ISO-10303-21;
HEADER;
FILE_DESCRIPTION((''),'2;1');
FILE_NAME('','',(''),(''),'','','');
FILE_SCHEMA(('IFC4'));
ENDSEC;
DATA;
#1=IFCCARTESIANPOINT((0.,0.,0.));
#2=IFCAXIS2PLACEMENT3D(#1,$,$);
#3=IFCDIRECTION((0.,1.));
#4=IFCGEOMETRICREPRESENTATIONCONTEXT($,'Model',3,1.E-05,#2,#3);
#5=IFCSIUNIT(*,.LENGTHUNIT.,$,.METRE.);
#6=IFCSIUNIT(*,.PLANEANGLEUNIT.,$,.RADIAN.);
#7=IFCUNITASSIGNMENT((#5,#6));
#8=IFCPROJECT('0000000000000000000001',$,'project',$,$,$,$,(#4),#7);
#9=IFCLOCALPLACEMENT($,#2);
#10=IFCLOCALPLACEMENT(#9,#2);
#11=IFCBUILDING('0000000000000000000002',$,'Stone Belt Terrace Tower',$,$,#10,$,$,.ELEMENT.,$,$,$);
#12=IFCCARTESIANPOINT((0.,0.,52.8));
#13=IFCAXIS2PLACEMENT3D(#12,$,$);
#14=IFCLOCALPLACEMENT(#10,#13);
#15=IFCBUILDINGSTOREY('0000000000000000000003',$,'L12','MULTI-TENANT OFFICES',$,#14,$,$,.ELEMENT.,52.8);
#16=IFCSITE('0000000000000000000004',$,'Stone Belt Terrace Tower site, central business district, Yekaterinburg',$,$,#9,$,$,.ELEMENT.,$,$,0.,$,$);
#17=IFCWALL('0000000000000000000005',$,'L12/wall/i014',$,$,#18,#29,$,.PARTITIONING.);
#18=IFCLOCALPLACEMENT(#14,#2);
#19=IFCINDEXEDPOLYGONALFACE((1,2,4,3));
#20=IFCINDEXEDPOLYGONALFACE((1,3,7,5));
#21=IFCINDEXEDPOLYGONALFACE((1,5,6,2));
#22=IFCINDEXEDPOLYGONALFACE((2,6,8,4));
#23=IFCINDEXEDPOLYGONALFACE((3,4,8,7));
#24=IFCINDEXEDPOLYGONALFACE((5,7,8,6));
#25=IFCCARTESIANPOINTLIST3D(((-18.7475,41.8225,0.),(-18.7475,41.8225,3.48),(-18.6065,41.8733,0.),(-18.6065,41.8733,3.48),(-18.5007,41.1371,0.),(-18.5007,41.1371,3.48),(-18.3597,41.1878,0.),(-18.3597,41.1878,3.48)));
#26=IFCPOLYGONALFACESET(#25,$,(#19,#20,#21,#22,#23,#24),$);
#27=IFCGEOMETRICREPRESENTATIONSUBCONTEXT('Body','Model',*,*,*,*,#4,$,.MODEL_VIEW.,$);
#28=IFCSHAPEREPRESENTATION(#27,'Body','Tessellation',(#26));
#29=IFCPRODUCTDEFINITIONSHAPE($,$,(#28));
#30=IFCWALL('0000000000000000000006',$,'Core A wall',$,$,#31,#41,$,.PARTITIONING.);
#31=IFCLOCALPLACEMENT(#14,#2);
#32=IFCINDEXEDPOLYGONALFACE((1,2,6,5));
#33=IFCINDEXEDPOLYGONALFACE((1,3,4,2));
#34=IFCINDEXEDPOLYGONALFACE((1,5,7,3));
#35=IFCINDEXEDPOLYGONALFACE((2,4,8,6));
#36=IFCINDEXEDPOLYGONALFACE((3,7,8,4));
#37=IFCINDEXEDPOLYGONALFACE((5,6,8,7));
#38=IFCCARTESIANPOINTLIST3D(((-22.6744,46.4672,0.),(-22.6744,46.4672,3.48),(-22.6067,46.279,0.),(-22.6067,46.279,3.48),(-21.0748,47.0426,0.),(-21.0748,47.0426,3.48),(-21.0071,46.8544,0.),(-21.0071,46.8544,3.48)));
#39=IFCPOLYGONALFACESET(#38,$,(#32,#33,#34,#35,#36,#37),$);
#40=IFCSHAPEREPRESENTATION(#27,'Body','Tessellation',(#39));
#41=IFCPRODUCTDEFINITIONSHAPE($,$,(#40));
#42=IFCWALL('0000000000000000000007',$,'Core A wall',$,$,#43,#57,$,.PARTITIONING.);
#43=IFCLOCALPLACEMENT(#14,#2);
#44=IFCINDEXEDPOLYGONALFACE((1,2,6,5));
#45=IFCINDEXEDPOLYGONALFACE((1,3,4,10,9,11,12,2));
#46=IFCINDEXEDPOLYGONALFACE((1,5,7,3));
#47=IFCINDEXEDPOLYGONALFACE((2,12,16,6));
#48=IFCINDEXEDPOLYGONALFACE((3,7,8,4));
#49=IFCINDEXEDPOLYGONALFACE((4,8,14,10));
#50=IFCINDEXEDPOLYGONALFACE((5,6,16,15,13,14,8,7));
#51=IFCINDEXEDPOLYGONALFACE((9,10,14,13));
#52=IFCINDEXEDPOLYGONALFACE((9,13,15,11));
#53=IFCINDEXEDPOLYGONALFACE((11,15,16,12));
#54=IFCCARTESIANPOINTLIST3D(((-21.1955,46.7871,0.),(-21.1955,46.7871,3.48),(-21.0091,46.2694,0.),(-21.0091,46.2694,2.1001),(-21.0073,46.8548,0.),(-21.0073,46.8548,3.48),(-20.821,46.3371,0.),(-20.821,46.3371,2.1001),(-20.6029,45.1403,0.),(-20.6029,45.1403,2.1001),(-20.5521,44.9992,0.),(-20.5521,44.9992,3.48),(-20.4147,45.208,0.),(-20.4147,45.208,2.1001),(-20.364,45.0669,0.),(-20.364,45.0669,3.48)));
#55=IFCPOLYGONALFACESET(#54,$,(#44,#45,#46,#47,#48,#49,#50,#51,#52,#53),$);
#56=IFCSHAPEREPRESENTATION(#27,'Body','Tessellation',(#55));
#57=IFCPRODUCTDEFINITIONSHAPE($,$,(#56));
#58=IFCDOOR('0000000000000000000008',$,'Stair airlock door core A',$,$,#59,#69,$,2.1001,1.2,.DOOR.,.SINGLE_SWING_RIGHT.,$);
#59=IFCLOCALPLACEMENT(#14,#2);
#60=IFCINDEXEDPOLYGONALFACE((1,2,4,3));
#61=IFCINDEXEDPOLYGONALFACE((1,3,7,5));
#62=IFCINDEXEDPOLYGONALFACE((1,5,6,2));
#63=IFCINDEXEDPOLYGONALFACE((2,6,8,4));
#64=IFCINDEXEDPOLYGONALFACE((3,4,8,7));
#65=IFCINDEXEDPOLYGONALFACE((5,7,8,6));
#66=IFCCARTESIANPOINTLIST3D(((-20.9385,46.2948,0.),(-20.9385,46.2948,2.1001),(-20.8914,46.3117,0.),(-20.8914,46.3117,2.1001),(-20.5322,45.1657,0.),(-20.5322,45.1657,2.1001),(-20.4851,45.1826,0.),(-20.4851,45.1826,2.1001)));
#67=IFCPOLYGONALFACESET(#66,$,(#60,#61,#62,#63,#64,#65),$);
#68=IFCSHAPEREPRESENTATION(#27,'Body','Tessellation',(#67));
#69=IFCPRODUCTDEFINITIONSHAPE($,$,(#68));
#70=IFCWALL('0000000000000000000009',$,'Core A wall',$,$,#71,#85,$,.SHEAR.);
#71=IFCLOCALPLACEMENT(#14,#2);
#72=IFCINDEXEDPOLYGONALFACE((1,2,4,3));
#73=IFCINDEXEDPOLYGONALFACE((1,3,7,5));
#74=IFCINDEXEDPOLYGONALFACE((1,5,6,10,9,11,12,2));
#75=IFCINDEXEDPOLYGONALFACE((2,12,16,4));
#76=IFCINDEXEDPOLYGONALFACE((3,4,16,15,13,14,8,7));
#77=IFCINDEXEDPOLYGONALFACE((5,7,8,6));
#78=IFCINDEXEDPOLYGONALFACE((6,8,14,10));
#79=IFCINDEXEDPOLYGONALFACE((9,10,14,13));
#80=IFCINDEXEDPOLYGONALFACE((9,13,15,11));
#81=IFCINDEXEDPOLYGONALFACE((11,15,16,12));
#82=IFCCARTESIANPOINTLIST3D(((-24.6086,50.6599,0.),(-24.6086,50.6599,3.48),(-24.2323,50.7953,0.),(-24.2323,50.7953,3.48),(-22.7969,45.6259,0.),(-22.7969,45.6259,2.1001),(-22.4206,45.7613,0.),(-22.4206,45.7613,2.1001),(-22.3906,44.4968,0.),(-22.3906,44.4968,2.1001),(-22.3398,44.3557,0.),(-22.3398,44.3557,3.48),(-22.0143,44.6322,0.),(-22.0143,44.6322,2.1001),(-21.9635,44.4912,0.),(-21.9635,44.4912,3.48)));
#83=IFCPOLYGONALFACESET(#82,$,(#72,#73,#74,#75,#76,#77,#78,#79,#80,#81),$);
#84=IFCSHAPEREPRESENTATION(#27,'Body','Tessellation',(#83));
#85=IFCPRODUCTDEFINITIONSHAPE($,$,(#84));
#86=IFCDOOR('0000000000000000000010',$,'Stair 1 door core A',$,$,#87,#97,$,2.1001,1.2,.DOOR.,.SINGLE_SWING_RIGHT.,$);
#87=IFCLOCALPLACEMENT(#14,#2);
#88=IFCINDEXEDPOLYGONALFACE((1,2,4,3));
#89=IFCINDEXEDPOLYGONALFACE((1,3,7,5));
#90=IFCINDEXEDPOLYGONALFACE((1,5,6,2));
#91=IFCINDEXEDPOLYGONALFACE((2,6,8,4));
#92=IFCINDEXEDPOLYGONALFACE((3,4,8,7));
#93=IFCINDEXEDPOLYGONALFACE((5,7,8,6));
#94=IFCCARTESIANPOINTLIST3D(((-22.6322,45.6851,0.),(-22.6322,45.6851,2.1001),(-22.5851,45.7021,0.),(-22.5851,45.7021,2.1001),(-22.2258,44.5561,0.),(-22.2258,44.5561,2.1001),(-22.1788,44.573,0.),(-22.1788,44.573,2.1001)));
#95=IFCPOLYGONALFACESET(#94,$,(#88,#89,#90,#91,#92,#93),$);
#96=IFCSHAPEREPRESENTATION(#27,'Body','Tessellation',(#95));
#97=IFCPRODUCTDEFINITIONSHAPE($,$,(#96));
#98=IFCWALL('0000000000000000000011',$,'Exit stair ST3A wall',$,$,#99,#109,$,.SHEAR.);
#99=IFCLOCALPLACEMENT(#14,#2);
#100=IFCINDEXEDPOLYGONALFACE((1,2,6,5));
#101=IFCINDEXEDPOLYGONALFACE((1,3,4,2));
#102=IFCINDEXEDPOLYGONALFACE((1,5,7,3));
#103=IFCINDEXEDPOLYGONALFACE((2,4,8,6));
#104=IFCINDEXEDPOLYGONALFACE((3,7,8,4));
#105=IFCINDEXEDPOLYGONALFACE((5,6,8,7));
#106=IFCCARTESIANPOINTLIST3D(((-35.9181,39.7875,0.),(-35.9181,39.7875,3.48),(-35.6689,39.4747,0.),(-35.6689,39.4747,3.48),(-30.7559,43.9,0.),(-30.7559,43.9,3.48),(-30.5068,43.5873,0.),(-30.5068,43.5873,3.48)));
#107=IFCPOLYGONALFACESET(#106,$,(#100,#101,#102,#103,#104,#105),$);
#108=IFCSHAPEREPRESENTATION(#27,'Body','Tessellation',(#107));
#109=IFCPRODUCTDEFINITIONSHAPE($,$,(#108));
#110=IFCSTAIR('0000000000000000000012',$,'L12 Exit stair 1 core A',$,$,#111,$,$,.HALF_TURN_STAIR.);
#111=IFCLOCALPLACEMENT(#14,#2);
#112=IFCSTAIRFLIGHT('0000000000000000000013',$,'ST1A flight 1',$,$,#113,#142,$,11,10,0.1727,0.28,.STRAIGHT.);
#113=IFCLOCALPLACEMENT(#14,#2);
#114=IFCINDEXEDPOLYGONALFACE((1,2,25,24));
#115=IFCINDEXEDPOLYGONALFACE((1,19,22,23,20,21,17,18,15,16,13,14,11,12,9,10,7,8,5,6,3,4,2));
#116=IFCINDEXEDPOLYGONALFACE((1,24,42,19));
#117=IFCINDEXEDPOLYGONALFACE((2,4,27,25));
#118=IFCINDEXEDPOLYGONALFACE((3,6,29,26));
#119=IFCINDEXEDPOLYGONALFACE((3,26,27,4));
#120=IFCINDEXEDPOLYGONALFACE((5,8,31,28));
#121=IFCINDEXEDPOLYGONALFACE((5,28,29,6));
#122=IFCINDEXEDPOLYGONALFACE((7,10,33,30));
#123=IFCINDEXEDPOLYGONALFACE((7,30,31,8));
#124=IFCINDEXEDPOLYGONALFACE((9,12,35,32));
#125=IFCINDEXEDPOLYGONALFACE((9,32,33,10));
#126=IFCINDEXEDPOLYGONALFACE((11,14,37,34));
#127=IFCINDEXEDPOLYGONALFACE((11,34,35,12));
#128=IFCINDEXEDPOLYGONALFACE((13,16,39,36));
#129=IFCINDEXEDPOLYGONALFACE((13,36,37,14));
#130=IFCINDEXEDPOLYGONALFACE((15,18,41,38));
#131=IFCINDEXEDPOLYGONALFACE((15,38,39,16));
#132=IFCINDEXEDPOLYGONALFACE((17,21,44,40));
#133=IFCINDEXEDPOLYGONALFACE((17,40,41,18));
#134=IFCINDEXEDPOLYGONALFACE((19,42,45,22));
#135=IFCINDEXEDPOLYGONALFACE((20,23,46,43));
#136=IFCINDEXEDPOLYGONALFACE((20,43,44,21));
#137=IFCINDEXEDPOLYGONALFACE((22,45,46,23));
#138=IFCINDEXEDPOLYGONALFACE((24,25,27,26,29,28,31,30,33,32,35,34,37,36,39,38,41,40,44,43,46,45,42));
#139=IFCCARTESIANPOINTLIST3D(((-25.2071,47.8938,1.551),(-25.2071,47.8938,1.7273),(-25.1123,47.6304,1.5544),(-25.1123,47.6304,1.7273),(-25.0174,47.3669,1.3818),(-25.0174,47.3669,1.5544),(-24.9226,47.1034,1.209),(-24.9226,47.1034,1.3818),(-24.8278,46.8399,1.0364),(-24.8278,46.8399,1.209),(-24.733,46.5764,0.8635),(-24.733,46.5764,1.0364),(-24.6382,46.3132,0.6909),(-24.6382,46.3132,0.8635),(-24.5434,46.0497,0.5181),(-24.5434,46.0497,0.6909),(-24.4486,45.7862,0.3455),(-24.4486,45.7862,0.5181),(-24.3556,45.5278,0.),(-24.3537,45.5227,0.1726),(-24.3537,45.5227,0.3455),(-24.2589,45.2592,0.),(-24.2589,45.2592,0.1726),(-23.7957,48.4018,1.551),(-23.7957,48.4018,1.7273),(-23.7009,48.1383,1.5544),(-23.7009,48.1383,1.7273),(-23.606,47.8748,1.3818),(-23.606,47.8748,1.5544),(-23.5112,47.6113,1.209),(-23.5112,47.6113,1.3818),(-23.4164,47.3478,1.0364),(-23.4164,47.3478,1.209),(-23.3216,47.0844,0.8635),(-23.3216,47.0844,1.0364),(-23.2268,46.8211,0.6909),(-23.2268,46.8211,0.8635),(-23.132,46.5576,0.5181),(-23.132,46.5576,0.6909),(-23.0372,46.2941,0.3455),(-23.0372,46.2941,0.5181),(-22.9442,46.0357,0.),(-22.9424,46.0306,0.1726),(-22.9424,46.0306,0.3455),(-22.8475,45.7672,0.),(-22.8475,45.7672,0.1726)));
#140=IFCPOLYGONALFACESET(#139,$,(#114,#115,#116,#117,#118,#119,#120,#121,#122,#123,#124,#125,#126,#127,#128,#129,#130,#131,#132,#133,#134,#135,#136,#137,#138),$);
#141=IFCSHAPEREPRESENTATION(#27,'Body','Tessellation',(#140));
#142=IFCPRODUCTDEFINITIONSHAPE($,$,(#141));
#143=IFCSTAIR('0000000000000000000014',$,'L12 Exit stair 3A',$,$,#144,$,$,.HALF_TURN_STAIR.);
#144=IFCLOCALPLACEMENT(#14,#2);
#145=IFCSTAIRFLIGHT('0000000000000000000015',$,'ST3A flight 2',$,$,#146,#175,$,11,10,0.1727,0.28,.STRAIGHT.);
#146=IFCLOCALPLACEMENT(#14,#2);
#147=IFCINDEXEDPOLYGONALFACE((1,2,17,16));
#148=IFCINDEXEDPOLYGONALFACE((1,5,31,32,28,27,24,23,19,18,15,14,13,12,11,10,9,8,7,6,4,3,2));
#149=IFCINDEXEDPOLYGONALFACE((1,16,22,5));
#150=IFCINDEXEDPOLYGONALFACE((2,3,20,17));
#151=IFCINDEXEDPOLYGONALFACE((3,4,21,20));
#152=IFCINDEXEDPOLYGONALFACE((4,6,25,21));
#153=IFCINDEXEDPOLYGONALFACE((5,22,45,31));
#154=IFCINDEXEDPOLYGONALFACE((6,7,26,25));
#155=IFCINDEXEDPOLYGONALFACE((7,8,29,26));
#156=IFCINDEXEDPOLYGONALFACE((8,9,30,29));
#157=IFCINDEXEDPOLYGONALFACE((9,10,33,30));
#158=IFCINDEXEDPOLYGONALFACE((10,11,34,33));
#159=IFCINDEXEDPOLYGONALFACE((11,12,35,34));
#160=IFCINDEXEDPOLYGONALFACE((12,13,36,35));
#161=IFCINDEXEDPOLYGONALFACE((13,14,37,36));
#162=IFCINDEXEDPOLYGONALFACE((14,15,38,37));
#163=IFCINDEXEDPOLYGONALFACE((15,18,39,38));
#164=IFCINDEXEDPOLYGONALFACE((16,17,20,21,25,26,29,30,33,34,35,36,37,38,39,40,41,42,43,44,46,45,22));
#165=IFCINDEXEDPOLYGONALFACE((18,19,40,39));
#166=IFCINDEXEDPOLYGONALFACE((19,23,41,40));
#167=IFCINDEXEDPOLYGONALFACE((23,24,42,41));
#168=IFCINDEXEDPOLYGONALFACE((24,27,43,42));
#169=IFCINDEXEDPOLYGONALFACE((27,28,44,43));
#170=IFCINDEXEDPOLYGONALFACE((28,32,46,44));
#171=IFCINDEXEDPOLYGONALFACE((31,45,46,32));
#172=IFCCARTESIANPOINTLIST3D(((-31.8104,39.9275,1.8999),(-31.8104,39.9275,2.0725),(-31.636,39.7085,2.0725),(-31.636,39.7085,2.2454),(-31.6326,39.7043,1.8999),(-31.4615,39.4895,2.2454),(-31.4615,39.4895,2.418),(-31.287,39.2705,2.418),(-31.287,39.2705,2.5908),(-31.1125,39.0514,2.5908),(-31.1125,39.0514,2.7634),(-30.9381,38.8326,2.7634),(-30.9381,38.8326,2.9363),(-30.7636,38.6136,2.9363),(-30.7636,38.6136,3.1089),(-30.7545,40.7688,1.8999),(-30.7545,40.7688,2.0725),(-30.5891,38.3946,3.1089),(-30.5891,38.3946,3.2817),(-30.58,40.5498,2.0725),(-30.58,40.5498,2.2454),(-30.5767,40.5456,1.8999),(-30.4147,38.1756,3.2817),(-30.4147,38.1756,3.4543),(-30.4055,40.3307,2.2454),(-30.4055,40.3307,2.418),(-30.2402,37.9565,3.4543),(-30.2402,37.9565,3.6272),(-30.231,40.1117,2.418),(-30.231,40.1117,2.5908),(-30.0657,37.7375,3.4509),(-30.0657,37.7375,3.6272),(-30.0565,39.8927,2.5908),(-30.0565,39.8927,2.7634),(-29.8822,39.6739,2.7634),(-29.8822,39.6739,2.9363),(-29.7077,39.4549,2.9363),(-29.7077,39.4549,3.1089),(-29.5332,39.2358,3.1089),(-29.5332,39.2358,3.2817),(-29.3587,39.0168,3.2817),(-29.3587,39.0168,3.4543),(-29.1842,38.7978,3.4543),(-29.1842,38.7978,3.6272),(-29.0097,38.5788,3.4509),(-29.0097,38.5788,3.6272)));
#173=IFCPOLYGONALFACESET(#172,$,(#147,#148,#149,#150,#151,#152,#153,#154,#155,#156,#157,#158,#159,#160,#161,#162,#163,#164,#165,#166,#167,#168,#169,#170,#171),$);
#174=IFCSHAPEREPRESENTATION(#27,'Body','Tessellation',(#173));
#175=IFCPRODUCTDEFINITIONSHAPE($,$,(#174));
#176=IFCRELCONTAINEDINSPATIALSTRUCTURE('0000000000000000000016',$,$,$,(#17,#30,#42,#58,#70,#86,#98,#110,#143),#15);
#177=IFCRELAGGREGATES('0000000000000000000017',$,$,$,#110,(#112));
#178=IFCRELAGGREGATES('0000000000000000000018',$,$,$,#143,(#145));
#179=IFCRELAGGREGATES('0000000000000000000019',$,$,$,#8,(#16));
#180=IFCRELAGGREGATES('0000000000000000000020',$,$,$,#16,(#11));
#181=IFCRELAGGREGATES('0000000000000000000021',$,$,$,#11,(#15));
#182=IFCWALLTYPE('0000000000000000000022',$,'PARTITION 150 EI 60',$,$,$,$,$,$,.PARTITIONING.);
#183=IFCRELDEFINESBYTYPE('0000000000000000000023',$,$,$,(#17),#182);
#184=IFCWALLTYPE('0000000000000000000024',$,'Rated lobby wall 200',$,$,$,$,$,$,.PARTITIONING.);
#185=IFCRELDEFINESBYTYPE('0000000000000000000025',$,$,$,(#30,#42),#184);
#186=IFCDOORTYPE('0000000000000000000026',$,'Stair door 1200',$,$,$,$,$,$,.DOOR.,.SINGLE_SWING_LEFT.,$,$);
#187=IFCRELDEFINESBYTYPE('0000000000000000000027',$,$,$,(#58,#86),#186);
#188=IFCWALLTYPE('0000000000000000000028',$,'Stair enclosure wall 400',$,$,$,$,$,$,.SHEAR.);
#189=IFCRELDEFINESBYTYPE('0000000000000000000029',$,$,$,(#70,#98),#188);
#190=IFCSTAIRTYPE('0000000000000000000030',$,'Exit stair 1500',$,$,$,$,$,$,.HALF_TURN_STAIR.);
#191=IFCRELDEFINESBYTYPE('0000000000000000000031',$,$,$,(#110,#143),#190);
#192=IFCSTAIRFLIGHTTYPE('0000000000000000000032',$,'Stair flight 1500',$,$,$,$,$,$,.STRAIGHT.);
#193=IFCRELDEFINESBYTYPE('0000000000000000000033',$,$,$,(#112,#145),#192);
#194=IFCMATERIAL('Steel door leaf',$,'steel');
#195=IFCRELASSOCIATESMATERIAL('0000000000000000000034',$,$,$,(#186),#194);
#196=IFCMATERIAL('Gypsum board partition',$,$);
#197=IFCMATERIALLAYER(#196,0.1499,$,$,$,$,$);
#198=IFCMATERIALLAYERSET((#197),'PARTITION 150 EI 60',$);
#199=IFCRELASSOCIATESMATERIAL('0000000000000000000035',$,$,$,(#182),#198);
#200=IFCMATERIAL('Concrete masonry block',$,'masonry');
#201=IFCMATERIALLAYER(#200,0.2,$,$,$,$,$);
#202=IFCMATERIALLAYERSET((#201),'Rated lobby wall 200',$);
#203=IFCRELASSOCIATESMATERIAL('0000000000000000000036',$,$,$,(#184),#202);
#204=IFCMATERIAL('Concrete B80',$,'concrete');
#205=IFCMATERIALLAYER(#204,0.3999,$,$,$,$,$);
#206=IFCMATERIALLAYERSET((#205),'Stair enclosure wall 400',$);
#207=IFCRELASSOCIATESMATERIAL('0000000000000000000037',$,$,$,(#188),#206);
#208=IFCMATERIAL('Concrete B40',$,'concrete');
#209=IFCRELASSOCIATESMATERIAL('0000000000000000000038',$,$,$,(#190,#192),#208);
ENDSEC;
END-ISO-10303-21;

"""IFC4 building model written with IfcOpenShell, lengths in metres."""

from ifc_helpers import new_model, si_unit, direction, frame, frame_2d, origin, place, context, subcontext, project, spatial, polyline, rectangle, outline, extrude, material, layer, layer_set, type_object, element, fill, aggregate, save


model = new_model("IFC4")

# Units and contexts
model_context = context("Model", 3, precision=1e-05, world=origin(), true_north=direction((0.0, 1.0)))
body_context = subcontext(model_context, "Body", "Model", "MODEL_VIEW")
ifc_project = project(units=[si_unit("LENGTHUNIT", "METRE"), si_unit("PLANEANGLEUNIT", "RADIAN")], contexts=[model_context])

# Site, building, storey
site_placement = place(None, origin())
site = spatial("IfcSite", under=ifc_project, at=site_placement, Name="Stone Belt Terrace Tower site, central business district, Yekaterinburg", CompositionType="ELEMENT", RefElevation=0.0)
building_placement = place(site_placement, origin())
building = spatial("IfcBuilding", under=site, at=building_placement, Name="Stone Belt Terrace Tower", CompositionType="ELEMENT")
storey_placement = place(building_placement, frame((0.0, 0.0, 52.8)))
storey = spatial("IfcBuildingStorey", under=building, at=storey_placement, Name="L12", Description="MULTI-TENANT OFFICES", CompositionType="ELEMENT", Elevation=52.8)

# Shared definitions
ifc_material_1 = material(Name="Concrete B80", Category="concrete")

# Shared definitions
ifc_material_2 = material(Name="Steel door leaf", Category="steel")
door_type_1 = type_object("IfcDoorType", Name="Stair door 1200", OperationType="SINGLE_SWING_LEFT", PredefinedType="DOOR", material=ifc_material_2)

# Shared definitions
ifc_material_3 = material(Name="Gypsum board partition")
ifc_layer_1 = layer(ifc_material_3, 0.1499)
ifc_layer_set_1 = layer_set([ifc_layer_1], Name="PARTITION 150 EI 60")
wall_type_1 = type_object("IfcWallType", Name="PARTITION 150 EI 60", PredefinedType="PARTITIONING", material=ifc_layer_set_1)

# Walls
wall_1_placement = place(storey_placement, frame((-18.677, 41.8479, 0.0), z_axis=(0.0, 0.0, 1.0), x_axis=(0.338755, -0.940875, 0.0)))
element("IfcWall", 1, at=wall_1_placement, inside=storey, type_object=wall_type_1, Name="L12/wall/i014", PredefinedType="PARTITIONING", context=body_context, shape_type="SweptSolid", body=[
    extrude(rectangle(XDim=0.7285, YDim=0.1499, at=frame_2d((0.3643, 0.0))), origin(), (0.0, 0.0, 1.0), 3.48),
])
ifc_material_4 = material(Name="Concrete masonry block", Category="masonry")
ifc_layer_2 = layer(ifc_material_4, 0.2)
ifc_layer_set_2 = layer_set([ifc_layer_2], Name="Rated lobby wall 200")
wall_type_2 = type_object("IfcWallType", Name="Rated lobby wall 200", PredefinedType="PARTITIONING", material=ifc_layer_set_2)
wall_2_placement = place(storey_placement, frame((-22.6406, 46.373, 0.0), z_axis=(0.0, 0.0, 1.0), x_axis=(0.940966, 0.338501, 0.0)))
element("IfcWall", 2, at=wall_2_placement, inside=storey, type_object=wall_type_2, Name="Core A wall", PredefinedType="PARTITIONING", context=body_context, shape_type="SweptSolid", body=[
    extrude(rectangle(XDim=1.7, YDim=0.2, at=frame_2d((0.8501, 0.0))), origin(), (0.0, 0.0, 1.0), 3.48),
])

# Walls, openings, doors
wall_3_placement = place(storey_placement, frame((-20.458, 45.033, 0.0), z_axis=(0.0, 0.0, 1.0), x_axis=(-0.338574, 0.94094, 0.0)))
wall_3 = element("IfcWall", 3, at=wall_3_placement, inside=storey, type_object=wall_type_2, Name="Core A wall", PredefinedType="PARTITIONING", context=body_context, shape_type="SweptSolid", body=[
    extrude(rectangle(XDim=1.9001, YDim=0.2, at=frame_2d((0.9502, 0.0))), origin(), (0.0, 0.0, 1.0), 3.48),
])
opening_1_placement = place(wall_3_placement, frame((0.1499, 0.0, 0.0)))
opening_1 = element("IfcOpeningElement", 4, at=opening_1_placement, cuts=wall_3, PredefinedType="OPENING", context=body_context, shape_type="SweptSolid", body=[
    extrude(rectangle(XDim=1.2, YDim=2.1001, at=frame_2d((0.6001, 1.05))), frame((0.0, 0.1099, 0.0), z_axis=(0.0, -1.0, 0.0), x_axis=(1.0, 0.0, 0.0)), (0.0, 0.0, 1.0), 0.22),
])
door_1_placement = place(opening_1_placement, origin())
door_1 = element("IfcDoor", 5, at=door_1_placement, inside=storey, type_object=door_type_1, Name="Stair airlock door core A", OperationType="SINGLE_SWING_RIGHT", OverallHeight=2.1001, OverallWidth=1.2, PredefinedType="DOOR", context=body_context, shape_type="SweptSolid", body=[
    extrude(rectangle(XDim=1.2, YDim=2.1001, at=frame_2d((0.6001, 1.05))), frame((0.0, 0.0249, 0.0), z_axis=(0.0, -1.0, 0.0), x_axis=(1.0, 0.0, 0.0)), (0.0, 0.0, 1.0), 0.05),
])
fill(opening_1, door_1)
ifc_layer_3 = layer(ifc_material_1, 0.3999)
ifc_layer_set_3 = layer_set([ifc_layer_3], Name="Stair enclosure wall 400")
wall_type_3 = type_object("IfcWallType", Name="Stair enclosure wall 400", PredefinedType="SHEAR", material=ifc_layer_set_3)
wall_4_placement = place(storey_placement, frame((-22.1516, 44.4233, 0.0), z_axis=(0.0, 0.0, 1.0), x_axis=(-0.338625, 0.940921, 0.0)))
wall_4 = element("IfcWall", 6, at=wall_4_placement, inside=storey, type_object=wall_type_3, Name="Core A wall", PredefinedType="SHEAR", context=body_context, shape_type="SweptSolid", body=[
    extrude(rectangle(XDim=6.7, YDim=0.3999, at=frame_2d((3.3501, 0.0))), origin(), (0.0, 0.0, 1.0), 3.48),
])
opening_2_placement = place(wall_4_placement, frame((0.1499, 0.0, 0.0)))
opening_2 = element("IfcOpeningElement", 7, at=opening_2_placement, cuts=wall_4, PredefinedType="OPENING", context=body_context, shape_type="SweptSolid", body=[
    extrude(rectangle(XDim=1.2, YDim=2.1001, at=frame_2d((0.6001, 1.05))), frame((0.0, 0.21, 0.0), z_axis=(0.0, -1.0, 0.0), x_axis=(1.0, 0.0, 0.0)), (0.0, 0.0, 1.0), 0.4199),
])
door_2_placement = place(opening_2_placement, origin())
door_2 = element("IfcDoor", 8, at=door_2_placement, inside=storey, type_object=door_type_1, Name="Stair 1 door core A", OperationType="SINGLE_SWING_RIGHT", OverallHeight=2.1001, OverallWidth=1.2, PredefinedType="DOOR", context=body_context, shape_type="SweptSolid", body=[
    extrude(rectangle(XDim=1.2, YDim=2.1001, at=frame_2d((0.6001, 1.05))), frame((0.0, 0.0249, 0.0), z_axis=(0.0, -1.0, 0.0), x_axis=(1.0, 0.0, 0.0)), (0.0, 0.0, 1.0), 0.05),
])
fill(opening_2, door_2)

# Wall
wall_5_placement = place(storey_placement, frame((-30.6313, 43.7437, 0.0), z_axis=(0.0, 0.0, 1.0), x_axis=(-0.782134, -0.62311, 0.0)))
element("IfcWall", 9, at=wall_5_placement, inside=storey, type_object=wall_type_3, Name="Exit stair ST3A wall", PredefinedType="SHEAR", context=body_context, shape_type="SweptSolid", body=[
    extrude(rectangle(XDim=6.6001, YDim=0.3999, at=frame_2d((3.3, 0.0))), origin(), (0.0, 0.0, 1.0), 3.48),
])

# Stairs, stair flights
ifc_material_5 = material(Name="Concrete B40", Category="concrete")
stair_type = type_object("IfcStairType", Name="Exit stair 1500", PredefinedType="HALF_TURN_STAIR", material=ifc_material_5)
stair_1_placement = place(storey_placement, origin())
stair_1 = element("IfcStair", 10, at=stair_1_placement, inside=storey, type_object=stair_type, Name="L12 Exit stair 1 core A", PredefinedType="HALF_TURN_STAIR")
stair_flight_type = type_object("IfcStairFlightType", Name="Stair flight 1500", PredefinedType="STRAIGHT", material=ifc_material_5)
stair_flight_1_placement = place(storey_placement, frame((-23.5532, 45.5132, 0.0), z_axis=(0.0, 0.0, 1.0), x_axis=(-0.338624, 0.940922, 0.0)))
stair_flight_1 = element("IfcStairFlight", 11, at=stair_flight_1_placement, type_object=stair_flight_type, Name="ST1A flight 1", NumberOfRisers=11, NumberOfTreads=10, PredefinedType="STRAIGHT", RiserHeight=0.1727, TreadLength=0.28, context=body_context, shape_type="SweptSolid", body=[
    extrude(outline(polyline([(0.0, 0.0), (0.0, 0.1726), (0.28, 0.1726), (0.28, 0.3455), (0.5601, 0.3455), (0.5601, 0.5181), (0.8401, 0.5181), (0.8401, 0.6909), (1.1201, 0.6909), (1.1201, 0.8635), (1.3999, 0.8635), (1.3999, 1.0364), (1.6799, 1.0364), (1.6799, 1.209), (1.96, 1.209), (1.96, 1.3818), (2.24, 1.3818), (2.24, 1.5544), (2.52, 1.5544), (2.52, 1.7273), (2.8, 1.7273), (2.8, 1.8999), (2.8, 1.551), (0.2854, 0.0), (0.0, 0.0)])), frame((0.0, 0.75, 0.0), z_axis=(0.0, -1.0, 0.0), x_axis=(1.0, 0.0, 0.0)), (0.0, 0.0, 1.0), 1.5),
])
aggregate(stair_1, [stair_flight_1])
stair_2_placement = place(storey_placement, origin())
stair_2 = element("IfcStair", 12, at=stair_2_placement, inside=storey, type_object=stair_type, Name="L12 Exit stair 3A", PredefinedType="HALF_TURN_STAIR")
stair_flight_2_placement = place(storey_placement, frame((-31.2825, 40.3481, 1.8999), z_axis=(0.0, 0.0, 1.0), x_axis=(0.623121, -0.782125, 0.0)))
stair_flight_2 = element("IfcStairFlight", 13, at=stair_flight_2_placement, type_object=stair_flight_type, Name="ST3A flight 2", NumberOfRisers=11, NumberOfTreads=10, PredefinedType="STRAIGHT", RiserHeight=0.1727, TreadLength=0.28, context=body_context, shape_type="SweptSolid", body=[
    extrude(outline(polyline([(0.0, 0.0), (0.0, 0.1726), (0.28, 0.1726), (0.28, 0.3455), (0.5601, 0.3455), (0.5601, 0.5181), (0.8401, 0.5181), (0.8401, 0.6909), (1.1201, 0.6909), (1.1201, 0.8635), (1.3999, 0.8635), (1.3999, 1.0364), (1.6799, 1.0364), (1.6799, 1.209), (1.96, 1.209), (1.96, 1.3818), (2.24, 1.3818), (2.24, 1.5544), (2.52, 1.5544), (2.52, 1.7273), (2.8, 1.7273), (2.8, 1.8999), (2.8, 1.551), (0.2854, 0.0), (0.0, 0.0)])), frame((0.0, 0.675, 0.0), z_axis=(0.0, -1.0, 0.0), x_axis=(1.0, 0.0, 0.0)), (0.0, 0.0, 1.0), 1.3501),
])
aggregate(stair_2, [stair_flight_2])

save(model, "model.ifc")
